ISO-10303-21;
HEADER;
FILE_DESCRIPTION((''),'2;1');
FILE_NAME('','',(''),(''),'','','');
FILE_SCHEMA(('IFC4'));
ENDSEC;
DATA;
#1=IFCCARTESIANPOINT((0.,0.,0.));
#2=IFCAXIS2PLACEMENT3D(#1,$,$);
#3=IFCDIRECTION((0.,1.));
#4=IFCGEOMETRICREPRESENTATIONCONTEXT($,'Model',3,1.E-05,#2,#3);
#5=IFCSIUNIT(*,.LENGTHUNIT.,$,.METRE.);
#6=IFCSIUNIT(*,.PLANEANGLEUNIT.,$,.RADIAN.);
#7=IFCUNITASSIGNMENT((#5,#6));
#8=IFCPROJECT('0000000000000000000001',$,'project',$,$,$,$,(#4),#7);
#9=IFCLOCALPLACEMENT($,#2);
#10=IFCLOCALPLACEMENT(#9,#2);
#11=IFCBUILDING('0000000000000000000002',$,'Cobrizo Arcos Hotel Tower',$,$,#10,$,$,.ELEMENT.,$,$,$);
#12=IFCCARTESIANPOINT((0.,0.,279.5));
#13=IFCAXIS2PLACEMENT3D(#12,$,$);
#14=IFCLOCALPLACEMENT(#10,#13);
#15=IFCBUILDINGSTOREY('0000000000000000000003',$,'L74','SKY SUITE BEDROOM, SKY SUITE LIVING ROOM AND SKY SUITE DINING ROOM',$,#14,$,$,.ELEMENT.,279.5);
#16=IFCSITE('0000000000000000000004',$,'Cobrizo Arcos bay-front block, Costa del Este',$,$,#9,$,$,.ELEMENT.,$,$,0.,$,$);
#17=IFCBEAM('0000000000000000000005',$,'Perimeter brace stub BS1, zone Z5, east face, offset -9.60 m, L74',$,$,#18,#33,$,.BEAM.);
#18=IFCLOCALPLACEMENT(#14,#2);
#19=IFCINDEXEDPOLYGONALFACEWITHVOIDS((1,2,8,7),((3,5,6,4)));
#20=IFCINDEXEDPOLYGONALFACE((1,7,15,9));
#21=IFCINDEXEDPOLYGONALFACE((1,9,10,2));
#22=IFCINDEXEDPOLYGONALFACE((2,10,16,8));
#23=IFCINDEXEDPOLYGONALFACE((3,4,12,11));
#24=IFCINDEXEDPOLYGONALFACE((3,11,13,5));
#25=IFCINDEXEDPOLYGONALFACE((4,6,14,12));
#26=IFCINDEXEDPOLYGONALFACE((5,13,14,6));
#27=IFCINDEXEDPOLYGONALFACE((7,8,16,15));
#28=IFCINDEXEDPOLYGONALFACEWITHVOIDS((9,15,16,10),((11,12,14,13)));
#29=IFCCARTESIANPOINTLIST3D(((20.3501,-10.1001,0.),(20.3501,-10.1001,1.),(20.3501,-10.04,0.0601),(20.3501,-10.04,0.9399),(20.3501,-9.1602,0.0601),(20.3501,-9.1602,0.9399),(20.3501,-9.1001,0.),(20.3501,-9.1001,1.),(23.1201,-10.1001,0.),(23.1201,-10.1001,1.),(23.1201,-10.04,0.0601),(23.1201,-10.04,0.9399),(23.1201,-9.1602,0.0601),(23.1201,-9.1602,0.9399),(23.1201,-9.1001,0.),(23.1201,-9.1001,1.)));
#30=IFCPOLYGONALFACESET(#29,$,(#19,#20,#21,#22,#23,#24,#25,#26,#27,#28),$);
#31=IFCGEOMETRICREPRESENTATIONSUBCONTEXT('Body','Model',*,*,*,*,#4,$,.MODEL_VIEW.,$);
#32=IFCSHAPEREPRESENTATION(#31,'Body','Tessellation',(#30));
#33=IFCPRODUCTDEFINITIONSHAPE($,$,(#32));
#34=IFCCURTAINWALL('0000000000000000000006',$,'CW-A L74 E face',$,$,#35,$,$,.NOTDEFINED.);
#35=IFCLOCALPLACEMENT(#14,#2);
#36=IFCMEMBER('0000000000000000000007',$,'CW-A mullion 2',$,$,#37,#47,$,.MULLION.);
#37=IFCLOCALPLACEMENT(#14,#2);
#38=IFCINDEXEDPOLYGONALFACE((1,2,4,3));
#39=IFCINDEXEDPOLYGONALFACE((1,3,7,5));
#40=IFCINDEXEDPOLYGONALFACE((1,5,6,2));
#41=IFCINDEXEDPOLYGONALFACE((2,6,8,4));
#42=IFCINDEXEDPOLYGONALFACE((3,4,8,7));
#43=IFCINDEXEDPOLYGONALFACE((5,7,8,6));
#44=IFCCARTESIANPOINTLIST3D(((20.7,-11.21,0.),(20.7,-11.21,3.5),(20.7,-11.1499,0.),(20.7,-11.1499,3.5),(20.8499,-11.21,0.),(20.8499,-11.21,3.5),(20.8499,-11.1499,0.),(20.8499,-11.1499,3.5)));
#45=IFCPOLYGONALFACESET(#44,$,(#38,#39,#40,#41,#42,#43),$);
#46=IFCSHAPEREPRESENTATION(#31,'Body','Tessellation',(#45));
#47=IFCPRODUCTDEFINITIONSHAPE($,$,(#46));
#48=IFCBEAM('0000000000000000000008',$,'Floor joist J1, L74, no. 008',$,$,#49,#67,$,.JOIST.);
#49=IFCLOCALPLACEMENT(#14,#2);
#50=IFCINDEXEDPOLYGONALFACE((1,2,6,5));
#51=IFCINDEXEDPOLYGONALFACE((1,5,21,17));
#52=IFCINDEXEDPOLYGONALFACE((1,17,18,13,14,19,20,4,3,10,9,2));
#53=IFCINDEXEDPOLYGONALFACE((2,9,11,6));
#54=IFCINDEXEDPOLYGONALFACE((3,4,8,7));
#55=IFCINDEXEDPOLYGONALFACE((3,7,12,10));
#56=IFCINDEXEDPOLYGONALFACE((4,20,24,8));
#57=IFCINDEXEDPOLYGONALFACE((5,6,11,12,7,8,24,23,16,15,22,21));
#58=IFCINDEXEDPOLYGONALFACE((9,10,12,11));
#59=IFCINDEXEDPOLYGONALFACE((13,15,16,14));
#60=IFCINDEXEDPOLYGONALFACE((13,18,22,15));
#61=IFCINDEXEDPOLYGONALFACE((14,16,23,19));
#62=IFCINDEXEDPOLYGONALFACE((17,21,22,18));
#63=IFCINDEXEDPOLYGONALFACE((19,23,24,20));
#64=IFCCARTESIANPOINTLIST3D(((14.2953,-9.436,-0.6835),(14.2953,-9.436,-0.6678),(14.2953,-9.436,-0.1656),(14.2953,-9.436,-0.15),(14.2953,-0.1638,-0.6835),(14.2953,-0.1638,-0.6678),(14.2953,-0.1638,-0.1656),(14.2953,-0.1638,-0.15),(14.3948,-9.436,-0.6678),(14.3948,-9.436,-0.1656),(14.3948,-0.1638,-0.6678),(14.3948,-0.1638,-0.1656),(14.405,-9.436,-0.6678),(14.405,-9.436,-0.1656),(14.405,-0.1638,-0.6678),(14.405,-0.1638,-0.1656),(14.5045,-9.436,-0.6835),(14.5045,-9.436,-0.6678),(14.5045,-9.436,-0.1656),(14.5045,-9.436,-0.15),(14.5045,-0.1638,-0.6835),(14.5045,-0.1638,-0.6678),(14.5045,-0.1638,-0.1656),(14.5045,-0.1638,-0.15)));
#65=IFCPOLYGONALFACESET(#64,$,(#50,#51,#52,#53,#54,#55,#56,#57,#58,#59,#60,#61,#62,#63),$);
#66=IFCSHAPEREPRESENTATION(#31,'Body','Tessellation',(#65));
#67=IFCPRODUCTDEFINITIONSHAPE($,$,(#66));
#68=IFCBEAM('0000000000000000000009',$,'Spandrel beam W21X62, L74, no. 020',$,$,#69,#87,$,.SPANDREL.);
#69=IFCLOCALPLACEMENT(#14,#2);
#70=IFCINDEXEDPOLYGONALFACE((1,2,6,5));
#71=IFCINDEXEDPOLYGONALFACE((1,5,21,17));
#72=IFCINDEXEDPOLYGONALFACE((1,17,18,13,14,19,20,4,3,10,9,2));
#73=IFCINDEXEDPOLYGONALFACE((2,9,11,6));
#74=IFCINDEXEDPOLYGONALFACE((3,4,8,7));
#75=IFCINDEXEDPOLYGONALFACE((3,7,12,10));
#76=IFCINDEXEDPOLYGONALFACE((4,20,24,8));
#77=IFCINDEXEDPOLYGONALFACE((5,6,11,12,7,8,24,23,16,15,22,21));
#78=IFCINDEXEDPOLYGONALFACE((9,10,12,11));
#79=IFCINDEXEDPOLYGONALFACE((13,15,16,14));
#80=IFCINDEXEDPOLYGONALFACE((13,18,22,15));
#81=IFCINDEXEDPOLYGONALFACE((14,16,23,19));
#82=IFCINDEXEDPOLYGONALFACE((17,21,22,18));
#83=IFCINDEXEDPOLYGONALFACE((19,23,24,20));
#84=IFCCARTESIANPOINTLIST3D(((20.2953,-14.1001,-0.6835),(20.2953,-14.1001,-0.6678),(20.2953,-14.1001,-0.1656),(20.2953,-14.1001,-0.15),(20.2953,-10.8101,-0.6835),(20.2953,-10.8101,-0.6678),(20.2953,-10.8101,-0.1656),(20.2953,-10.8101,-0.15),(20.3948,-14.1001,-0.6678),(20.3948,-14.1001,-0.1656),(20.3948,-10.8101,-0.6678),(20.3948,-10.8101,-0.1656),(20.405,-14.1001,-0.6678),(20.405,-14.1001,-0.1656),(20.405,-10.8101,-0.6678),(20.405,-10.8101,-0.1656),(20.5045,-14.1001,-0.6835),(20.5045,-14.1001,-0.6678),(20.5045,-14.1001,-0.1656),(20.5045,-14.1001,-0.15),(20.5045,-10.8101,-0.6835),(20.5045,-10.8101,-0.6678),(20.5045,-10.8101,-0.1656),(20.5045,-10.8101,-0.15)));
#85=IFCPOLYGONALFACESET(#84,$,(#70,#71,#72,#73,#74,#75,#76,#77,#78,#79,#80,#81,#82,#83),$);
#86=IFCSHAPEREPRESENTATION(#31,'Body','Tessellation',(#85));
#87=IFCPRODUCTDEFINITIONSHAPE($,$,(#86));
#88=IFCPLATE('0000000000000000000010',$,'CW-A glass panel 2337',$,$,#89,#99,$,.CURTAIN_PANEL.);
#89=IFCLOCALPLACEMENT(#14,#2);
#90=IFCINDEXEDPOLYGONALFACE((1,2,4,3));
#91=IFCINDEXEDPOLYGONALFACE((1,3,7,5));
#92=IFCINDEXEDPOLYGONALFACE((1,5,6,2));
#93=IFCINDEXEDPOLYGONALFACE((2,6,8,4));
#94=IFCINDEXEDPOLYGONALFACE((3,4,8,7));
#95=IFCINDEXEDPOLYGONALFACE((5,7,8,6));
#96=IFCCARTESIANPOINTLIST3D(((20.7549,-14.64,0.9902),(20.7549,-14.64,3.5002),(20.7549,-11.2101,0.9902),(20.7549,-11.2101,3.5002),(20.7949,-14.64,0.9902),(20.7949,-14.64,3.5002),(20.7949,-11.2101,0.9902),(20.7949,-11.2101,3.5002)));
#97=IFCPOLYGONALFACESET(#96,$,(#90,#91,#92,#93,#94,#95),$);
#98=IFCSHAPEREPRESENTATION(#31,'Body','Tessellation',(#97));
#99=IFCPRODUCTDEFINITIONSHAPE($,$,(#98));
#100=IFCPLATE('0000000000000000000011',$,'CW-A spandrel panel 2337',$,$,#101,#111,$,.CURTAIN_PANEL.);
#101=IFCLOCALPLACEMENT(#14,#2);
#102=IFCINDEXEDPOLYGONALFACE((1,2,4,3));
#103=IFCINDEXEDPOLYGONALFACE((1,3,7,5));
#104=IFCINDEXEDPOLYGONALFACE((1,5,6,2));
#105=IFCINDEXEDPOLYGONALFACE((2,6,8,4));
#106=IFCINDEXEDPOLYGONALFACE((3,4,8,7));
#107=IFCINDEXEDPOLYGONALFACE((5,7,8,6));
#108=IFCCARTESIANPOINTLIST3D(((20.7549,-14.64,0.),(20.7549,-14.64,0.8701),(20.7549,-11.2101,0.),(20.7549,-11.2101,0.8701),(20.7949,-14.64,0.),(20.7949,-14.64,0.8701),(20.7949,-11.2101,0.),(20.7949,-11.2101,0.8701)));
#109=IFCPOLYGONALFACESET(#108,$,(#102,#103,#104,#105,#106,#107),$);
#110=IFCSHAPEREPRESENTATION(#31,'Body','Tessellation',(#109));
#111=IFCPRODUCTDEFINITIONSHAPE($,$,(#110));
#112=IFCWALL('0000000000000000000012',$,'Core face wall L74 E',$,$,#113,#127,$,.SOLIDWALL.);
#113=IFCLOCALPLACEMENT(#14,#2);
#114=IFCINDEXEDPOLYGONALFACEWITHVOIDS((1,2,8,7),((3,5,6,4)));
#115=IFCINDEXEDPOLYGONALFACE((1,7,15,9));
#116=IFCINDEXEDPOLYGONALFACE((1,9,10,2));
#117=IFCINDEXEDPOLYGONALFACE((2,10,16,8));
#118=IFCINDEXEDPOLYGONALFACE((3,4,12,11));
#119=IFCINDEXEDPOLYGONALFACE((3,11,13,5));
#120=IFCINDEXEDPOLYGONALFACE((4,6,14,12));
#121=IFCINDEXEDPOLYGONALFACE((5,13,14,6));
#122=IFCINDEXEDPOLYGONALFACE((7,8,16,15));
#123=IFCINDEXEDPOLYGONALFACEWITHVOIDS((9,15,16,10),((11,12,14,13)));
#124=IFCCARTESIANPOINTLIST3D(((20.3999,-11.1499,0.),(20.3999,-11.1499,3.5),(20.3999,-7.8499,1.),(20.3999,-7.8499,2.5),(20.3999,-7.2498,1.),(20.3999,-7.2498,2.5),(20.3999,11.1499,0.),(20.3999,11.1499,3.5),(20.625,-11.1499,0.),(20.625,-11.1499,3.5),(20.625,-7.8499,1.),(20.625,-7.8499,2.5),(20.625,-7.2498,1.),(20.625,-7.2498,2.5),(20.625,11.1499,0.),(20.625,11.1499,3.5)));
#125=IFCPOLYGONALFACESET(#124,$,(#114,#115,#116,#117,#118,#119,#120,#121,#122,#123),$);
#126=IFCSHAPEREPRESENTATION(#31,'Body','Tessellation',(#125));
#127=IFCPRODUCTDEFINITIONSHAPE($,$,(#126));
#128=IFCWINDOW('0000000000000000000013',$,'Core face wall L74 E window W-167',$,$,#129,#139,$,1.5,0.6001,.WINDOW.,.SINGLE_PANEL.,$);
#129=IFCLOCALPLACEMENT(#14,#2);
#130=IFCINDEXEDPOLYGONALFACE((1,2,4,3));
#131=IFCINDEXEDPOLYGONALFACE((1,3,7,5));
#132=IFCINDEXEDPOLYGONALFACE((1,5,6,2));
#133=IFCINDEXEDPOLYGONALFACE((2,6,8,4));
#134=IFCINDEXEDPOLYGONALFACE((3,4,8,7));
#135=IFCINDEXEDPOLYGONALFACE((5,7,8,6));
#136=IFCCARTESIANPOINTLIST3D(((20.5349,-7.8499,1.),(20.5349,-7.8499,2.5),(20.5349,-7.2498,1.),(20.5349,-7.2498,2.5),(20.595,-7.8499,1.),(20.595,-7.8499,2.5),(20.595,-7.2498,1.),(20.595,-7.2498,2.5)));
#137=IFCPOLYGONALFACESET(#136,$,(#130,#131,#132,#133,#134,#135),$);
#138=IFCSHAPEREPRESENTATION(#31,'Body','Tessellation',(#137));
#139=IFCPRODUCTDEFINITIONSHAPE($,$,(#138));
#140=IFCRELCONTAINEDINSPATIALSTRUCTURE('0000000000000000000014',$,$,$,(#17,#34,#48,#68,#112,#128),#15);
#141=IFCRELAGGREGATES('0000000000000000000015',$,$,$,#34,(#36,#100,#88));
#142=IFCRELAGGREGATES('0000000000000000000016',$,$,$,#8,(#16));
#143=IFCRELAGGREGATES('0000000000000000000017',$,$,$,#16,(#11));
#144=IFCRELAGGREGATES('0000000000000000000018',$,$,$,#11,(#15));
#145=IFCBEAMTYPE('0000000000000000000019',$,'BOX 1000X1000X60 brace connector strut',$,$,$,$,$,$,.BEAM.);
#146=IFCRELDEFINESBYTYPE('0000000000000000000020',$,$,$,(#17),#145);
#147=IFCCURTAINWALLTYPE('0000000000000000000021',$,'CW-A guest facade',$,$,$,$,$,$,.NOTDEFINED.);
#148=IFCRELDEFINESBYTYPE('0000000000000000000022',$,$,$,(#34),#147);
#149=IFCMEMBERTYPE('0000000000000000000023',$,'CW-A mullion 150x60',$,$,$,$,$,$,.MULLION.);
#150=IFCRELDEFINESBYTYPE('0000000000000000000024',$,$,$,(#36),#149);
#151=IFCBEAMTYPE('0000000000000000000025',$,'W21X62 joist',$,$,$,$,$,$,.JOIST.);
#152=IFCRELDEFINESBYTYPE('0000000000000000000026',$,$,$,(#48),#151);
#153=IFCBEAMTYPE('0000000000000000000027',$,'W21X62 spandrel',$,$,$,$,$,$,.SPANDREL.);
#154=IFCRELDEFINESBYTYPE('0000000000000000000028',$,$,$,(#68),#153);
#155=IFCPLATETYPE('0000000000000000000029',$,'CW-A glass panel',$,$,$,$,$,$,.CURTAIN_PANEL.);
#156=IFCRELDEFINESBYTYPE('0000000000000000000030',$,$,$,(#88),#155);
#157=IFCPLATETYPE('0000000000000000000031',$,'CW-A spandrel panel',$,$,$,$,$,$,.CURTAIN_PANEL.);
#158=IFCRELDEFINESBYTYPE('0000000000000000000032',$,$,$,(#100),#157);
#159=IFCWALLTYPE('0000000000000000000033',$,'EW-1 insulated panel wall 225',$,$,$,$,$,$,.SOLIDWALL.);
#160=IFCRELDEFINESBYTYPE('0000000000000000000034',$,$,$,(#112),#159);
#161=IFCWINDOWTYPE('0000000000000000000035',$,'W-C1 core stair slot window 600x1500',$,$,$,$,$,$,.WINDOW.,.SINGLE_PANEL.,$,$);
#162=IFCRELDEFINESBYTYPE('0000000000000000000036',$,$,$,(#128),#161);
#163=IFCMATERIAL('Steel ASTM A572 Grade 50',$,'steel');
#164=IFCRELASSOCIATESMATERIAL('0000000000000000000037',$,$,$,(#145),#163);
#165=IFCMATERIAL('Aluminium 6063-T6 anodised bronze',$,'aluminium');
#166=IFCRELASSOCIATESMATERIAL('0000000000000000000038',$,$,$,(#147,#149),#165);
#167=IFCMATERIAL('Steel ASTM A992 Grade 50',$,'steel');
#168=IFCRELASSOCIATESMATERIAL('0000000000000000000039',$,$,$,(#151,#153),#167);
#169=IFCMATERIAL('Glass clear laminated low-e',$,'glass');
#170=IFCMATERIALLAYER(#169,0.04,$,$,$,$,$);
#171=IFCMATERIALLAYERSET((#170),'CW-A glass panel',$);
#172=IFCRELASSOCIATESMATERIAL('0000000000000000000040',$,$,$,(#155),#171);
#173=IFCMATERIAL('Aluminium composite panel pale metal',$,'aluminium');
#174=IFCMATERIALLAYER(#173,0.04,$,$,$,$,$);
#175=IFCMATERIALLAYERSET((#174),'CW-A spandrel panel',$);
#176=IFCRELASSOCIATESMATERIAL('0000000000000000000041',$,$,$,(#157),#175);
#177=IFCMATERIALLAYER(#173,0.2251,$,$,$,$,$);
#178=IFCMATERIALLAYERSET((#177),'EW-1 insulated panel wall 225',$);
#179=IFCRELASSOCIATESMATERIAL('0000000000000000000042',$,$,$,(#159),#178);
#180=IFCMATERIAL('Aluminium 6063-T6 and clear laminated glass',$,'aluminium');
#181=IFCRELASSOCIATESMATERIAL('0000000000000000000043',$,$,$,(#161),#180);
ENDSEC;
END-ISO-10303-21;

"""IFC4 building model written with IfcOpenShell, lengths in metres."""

from ifc_helpers import new_model, si_unit, direction, frame, frame_2d, origin, origin_2d, place, context, subcontext, project, spatial, rectangle, hollow_rectangle, i_section, extrude, material, layer, layer_set, material_profile, profile_set, type_object, element, fill, aggregate, save


model = new_model("IFC4")

# Units and contexts
model_context = context("Model", 3, precision=1e-05, world=origin(), true_north=direction((0.0, 1.0)))
body_context = subcontext(model_context, "Body", "Model", "MODEL_VIEW")
ifc_project = project(units=[si_unit("LENGTHUNIT", "METRE"), si_unit("PLANEANGLEUNIT", "RADIAN")], contexts=[model_context])

# Site, building, storey
site_placement = place(None, origin())
site = spatial("IfcSite", under=ifc_project, at=site_placement, Name="Cobrizo Arcos bay-front block, Costa del Este", CompositionType="ELEMENT", RefElevation=0.0)
building_placement = place(site_placement, origin())
building = spatial("IfcBuilding", under=site, at=building_placement, Name="Cobrizo Arcos Hotel Tower", CompositionType="ELEMENT")
storey_placement = place(building_placement, frame((0.0, 0.0, 279.5)))
storey = spatial("IfcBuildingStorey", under=building, at=storey_placement, Name="L74", Description="SKY SUITE BEDROOM, SKY SUITE LIVING ROOM AND SKY SUITE DINING ROOM", CompositionType="ELEMENT", Elevation=279.5)

# Beam
ifc_material_1 = material(Name="Steel ASTM A572 Grade 50", Category="steel")
ifc_material_profile_1 = material_profile(ifc_material_1, hollow_rectangle(XDim=1.0, YDim=1.0, WallThickness=0.0601, at=origin_2d()), Name="BOX 1000X1000X60")
ifc_profile_set_1 = profile_set([ifc_material_profile_1], Name="Steel ASTM A572 Grade 50")
beam_type_1 = type_object("IfcBeamType", Name="BOX 1000X1000X60 brace connector strut", PredefinedType="BEAM", material=ifc_profile_set_1)
beam_1_placement = place(storey_placement, frame((20.3501, -9.6001, 0.5), z_axis=(1.0, 0.0, 0.0), x_axis=(0.0, 1.0, 0.0)))
element("IfcBeam", 1, at=beam_1_placement, inside=storey, type_object=beam_type_1, Name="Perimeter brace stub BS1, zone Z5, east face, offset -9.60 m, L74", PredefinedType="BEAM", context=body_context, shape_type="SweptSolid", body=[
    extrude(hollow_rectangle(XDim=1.0, YDim=1.0, WallThickness=0.0601, at=origin_2d()), origin(), (0.0, 0.0, 1.0), 2.77),
])

# Curtain wall, member
ifc_material_2 = material(Name="Aluminium 6063-T6 anodised bronze", Category="aluminium")
curtain_wall_type = type_object("IfcCurtainWallType", Name="CW-A guest facade", PredefinedType="NOTDEFINED", material=ifc_material_2)
curtain_wall_placement = place(storey_placement, origin())
curtain_wall = element("IfcCurtainWall", 2, at=curtain_wall_placement, inside=storey, type_object=curtain_wall_type, Name="CW-A L74 E face", PredefinedType="NOTDEFINED")
ifc_material_profile_2 = material_profile(ifc_material_2, rectangle(XDim=0.1499, YDim=0.0601, at=origin_2d()), Name="CW-A mullion 150x60")
ifc_profile_set_2 = profile_set([ifc_material_profile_2], Name="Aluminium 6063-T6 anodised bronze")
member_type = type_object("IfcMemberType", Name="CW-A mullion 150x60", PredefinedType="MULLION", material=ifc_profile_set_2)
member_placement = place(storey_placement, frame((20.7749, -11.1799, 0.0), z_axis=(0.0, 0.0, 1.0), x_axis=(1.0, 0.0, 0.0)))
member = element("IfcMember", 3, at=member_placement, type_object=member_type, Name="CW-A mullion 2", PredefinedType="MULLION", context=body_context, shape_type="SweptSolid", body=[
    extrude(rectangle(XDim=0.1499, YDim=0.0601, at=origin_2d()), origin(), (0.0, 0.0, 1.0), 3.5),
])

# Beams
ifc_material_3 = material(Name="Steel ASTM A992 Grade 50", Category="steel")
ifc_material_profile_3 = material_profile(ifc_material_3, i_section(OverallWidth=0.2092, OverallDepth=0.5334, WebThickness=0.0103, FlangeThickness=0.0156, at=origin_2d()), Name="W21X62")
ifc_profile_set_3 = profile_set([ifc_material_profile_3], Name="Steel ASTM A992 Grade 50")
beam_type_2 = type_object("IfcBeamType", Name="W21X62 joist", PredefinedType="JOIST", material=ifc_profile_set_3)
beam_2_placement = place(storey_placement, frame((14.3999, -9.436, -0.4167), z_axis=(0.0, 1.0, 0.0), x_axis=(-1.0, 0.0, 0.0)))
element("IfcBeam", 4, at=beam_2_placement, inside=storey, type_object=beam_type_2, Name="Floor joist J1, L74, no. 008", PredefinedType="JOIST", context=body_context, shape_type="SweptSolid", body=[
    extrude(i_section(OverallWidth=0.2092, OverallDepth=0.5334, WebThickness=0.0103, FlangeThickness=0.0156, at=origin_2d()), origin(), (0.0, 0.0, 1.0), 9.2722),
])
ifc_material_profile_4 = material_profile(ifc_material_3, i_section(OverallWidth=0.2092, OverallDepth=0.5334, WebThickness=0.0103, FlangeThickness=0.0156, at=origin_2d()), Name="W21X62")
ifc_profile_set_4 = profile_set([ifc_material_profile_4], Name="Steel ASTM A992 Grade 50")
beam_type_3 = type_object("IfcBeamType", Name="W21X62 spandrel", PredefinedType="SPANDREL", material=ifc_profile_set_4)
beam_3_placement = place(storey_placement, frame((20.3999, -10.8101, -0.4167), z_axis=(0.0, -1.0, 0.0), x_axis=(1.0, 0.0, 0.0)))
element("IfcBeam", 5, at=beam_3_placement, inside=storey, type_object=beam_type_3, Name="Spandrel beam W21X62, L74, no. 020", PredefinedType="SPANDREL", context=body_context, shape_type="SweptSolid", body=[
    extrude(i_section(OverallWidth=0.2092, OverallDepth=0.5334, WebThickness=0.0103, FlangeThickness=0.0156, at=origin_2d()), origin(), (0.0, 0.0, 1.0), 3.29),
])

# Plates
ifc_material_4 = material(Name="Glass clear laminated low-e", Category="glass")
ifc_layer_1 = layer(ifc_material_4, 0.04)
ifc_layer_set_1 = layer_set([ifc_layer_1], Name="CW-A glass panel")
plate_type_1 = type_object("IfcPlateType", Name="CW-A glass panel", PredefinedType="CURTAIN_PANEL", material=ifc_layer_set_1)
plate_1_placement = place(storey_placement, frame((20.7749, -12.925, 0.9902), z_axis=(0.0, 0.0, 1.0), x_axis=(0.0, 1.0, 0.0)))
plate_1 = element("IfcPlate", 6, at=plate_1_placement, type_object=plate_type_1, Name="CW-A glass panel 2337", PredefinedType="CURTAIN_PANEL", context=body_context, shape_type="SweptSolid", body=[
    extrude(rectangle(XDim=3.4299, YDim=0.04, at=origin_2d()), origin(), (0.0, 0.0, 1.0), 2.51),
])
ifc_material_5 = material(Name="Aluminium composite panel pale metal", Category="aluminium")
ifc_layer_2 = layer(ifc_material_5, 0.04)
ifc_layer_set_2 = layer_set([ifc_layer_2], Name="CW-A spandrel panel")
plate_type_2 = type_object("IfcPlateType", Name="CW-A spandrel panel", PredefinedType="CURTAIN_PANEL", material=ifc_layer_set_2)
plate_2_placement = place(storey_placement, frame((20.7749, -12.925, 0.0), z_axis=(0.0, 0.0, 1.0), x_axis=(0.0, 1.0, 0.0)))
plate_2 = element("IfcPlate", 7, at=plate_2_placement, type_object=plate_type_2, Name="CW-A spandrel panel 2337", PredefinedType="CURTAIN_PANEL", context=body_context, shape_type="SweptSolid", body=[
    extrude(rectangle(XDim=3.4299, YDim=0.04, at=origin_2d()), origin(), (0.0, 0.0, 1.0), 0.8701),
])
aggregate(curtain_wall, [member, plate_2, plate_1])

# Wall, opening, window
ifc_layer_3 = layer(ifc_material_5, 0.2251)
ifc_layer_set_3 = layer_set([ifc_layer_3], Name="EW-1 insulated panel wall 225")
wall_type_1 = type_object("IfcWallType", Name="EW-1 insulated panel wall 225", PredefinedType="SOLIDWALL", material=ifc_layer_set_3)
wall_1_placement = place(storey_placement, frame((20.5125, -11.1499, 0.0), z_axis=(0.0, 0.0, 1.0), x_axis=(0.0, 1.0, 0.0)))
wall_1 = element("IfcWall", 8, at=wall_1_placement, inside=storey, type_object=wall_type_1, Name="Core face wall L74 E", PredefinedType="SOLIDWALL", context=body_context, shape_type="SweptSolid", body=[
    extrude(rectangle(XDim=22.2998, YDim=0.2251, at=frame_2d((11.1499, 0.0))), origin(), (0.0, 0.0, 1.0), 3.5),
])
opening_1_placement = place(wall_1_placement, frame((3.3, 0.0, 1.0)))
opening_1 = element("IfcOpeningElement", 9, at=opening_1_placement, cuts=wall_1, PredefinedType="OPENING", context=body_context, shape_type="SweptSolid", body=[
    extrude(rectangle(XDim=0.6001, YDim=1.5, at=frame_2d((0.3, 0.75))), frame((0.0, 0.1245, 0.0), z_axis=(0.0, -1.0, 0.0), x_axis=(1.0, 0.0, 0.0)), (0.0, 0.0, 1.0), 0.249),
])
ifc_material_6 = material(Name="Aluminium 6063-T6 and clear laminated glass", Category="aluminium")
window_type = type_object("IfcWindowType", Name="W-C1 core stair slot window 600x1500", PartitioningType="SINGLE_PANEL", PredefinedType="WINDOW", material=ifc_material_6)
window_placement = place(opening_1_placement, origin())
window = element("IfcWindow", 10, at=window_placement, inside=storey, type_object=window_type, Name="Core face wall L74 E window W-167", OverallHeight=1.5, OverallWidth=0.6001, PartitioningType="SINGLE_PANEL", PredefinedType="WINDOW", context=body_context, shape_type="SweptSolid", body=[
    extrude(rectangle(XDim=0.6001, YDim=1.5, at=frame_2d((0.3, 0.75))), frame((0.0, -0.0225, 0.0), z_axis=(0.0, -1.0, 0.0), x_axis=(1.0, 0.0, 0.0)), (0.0, 0.0, 1.0), 0.0601),
])
fill(opening_1, window)

save(model, "model.ifc")
